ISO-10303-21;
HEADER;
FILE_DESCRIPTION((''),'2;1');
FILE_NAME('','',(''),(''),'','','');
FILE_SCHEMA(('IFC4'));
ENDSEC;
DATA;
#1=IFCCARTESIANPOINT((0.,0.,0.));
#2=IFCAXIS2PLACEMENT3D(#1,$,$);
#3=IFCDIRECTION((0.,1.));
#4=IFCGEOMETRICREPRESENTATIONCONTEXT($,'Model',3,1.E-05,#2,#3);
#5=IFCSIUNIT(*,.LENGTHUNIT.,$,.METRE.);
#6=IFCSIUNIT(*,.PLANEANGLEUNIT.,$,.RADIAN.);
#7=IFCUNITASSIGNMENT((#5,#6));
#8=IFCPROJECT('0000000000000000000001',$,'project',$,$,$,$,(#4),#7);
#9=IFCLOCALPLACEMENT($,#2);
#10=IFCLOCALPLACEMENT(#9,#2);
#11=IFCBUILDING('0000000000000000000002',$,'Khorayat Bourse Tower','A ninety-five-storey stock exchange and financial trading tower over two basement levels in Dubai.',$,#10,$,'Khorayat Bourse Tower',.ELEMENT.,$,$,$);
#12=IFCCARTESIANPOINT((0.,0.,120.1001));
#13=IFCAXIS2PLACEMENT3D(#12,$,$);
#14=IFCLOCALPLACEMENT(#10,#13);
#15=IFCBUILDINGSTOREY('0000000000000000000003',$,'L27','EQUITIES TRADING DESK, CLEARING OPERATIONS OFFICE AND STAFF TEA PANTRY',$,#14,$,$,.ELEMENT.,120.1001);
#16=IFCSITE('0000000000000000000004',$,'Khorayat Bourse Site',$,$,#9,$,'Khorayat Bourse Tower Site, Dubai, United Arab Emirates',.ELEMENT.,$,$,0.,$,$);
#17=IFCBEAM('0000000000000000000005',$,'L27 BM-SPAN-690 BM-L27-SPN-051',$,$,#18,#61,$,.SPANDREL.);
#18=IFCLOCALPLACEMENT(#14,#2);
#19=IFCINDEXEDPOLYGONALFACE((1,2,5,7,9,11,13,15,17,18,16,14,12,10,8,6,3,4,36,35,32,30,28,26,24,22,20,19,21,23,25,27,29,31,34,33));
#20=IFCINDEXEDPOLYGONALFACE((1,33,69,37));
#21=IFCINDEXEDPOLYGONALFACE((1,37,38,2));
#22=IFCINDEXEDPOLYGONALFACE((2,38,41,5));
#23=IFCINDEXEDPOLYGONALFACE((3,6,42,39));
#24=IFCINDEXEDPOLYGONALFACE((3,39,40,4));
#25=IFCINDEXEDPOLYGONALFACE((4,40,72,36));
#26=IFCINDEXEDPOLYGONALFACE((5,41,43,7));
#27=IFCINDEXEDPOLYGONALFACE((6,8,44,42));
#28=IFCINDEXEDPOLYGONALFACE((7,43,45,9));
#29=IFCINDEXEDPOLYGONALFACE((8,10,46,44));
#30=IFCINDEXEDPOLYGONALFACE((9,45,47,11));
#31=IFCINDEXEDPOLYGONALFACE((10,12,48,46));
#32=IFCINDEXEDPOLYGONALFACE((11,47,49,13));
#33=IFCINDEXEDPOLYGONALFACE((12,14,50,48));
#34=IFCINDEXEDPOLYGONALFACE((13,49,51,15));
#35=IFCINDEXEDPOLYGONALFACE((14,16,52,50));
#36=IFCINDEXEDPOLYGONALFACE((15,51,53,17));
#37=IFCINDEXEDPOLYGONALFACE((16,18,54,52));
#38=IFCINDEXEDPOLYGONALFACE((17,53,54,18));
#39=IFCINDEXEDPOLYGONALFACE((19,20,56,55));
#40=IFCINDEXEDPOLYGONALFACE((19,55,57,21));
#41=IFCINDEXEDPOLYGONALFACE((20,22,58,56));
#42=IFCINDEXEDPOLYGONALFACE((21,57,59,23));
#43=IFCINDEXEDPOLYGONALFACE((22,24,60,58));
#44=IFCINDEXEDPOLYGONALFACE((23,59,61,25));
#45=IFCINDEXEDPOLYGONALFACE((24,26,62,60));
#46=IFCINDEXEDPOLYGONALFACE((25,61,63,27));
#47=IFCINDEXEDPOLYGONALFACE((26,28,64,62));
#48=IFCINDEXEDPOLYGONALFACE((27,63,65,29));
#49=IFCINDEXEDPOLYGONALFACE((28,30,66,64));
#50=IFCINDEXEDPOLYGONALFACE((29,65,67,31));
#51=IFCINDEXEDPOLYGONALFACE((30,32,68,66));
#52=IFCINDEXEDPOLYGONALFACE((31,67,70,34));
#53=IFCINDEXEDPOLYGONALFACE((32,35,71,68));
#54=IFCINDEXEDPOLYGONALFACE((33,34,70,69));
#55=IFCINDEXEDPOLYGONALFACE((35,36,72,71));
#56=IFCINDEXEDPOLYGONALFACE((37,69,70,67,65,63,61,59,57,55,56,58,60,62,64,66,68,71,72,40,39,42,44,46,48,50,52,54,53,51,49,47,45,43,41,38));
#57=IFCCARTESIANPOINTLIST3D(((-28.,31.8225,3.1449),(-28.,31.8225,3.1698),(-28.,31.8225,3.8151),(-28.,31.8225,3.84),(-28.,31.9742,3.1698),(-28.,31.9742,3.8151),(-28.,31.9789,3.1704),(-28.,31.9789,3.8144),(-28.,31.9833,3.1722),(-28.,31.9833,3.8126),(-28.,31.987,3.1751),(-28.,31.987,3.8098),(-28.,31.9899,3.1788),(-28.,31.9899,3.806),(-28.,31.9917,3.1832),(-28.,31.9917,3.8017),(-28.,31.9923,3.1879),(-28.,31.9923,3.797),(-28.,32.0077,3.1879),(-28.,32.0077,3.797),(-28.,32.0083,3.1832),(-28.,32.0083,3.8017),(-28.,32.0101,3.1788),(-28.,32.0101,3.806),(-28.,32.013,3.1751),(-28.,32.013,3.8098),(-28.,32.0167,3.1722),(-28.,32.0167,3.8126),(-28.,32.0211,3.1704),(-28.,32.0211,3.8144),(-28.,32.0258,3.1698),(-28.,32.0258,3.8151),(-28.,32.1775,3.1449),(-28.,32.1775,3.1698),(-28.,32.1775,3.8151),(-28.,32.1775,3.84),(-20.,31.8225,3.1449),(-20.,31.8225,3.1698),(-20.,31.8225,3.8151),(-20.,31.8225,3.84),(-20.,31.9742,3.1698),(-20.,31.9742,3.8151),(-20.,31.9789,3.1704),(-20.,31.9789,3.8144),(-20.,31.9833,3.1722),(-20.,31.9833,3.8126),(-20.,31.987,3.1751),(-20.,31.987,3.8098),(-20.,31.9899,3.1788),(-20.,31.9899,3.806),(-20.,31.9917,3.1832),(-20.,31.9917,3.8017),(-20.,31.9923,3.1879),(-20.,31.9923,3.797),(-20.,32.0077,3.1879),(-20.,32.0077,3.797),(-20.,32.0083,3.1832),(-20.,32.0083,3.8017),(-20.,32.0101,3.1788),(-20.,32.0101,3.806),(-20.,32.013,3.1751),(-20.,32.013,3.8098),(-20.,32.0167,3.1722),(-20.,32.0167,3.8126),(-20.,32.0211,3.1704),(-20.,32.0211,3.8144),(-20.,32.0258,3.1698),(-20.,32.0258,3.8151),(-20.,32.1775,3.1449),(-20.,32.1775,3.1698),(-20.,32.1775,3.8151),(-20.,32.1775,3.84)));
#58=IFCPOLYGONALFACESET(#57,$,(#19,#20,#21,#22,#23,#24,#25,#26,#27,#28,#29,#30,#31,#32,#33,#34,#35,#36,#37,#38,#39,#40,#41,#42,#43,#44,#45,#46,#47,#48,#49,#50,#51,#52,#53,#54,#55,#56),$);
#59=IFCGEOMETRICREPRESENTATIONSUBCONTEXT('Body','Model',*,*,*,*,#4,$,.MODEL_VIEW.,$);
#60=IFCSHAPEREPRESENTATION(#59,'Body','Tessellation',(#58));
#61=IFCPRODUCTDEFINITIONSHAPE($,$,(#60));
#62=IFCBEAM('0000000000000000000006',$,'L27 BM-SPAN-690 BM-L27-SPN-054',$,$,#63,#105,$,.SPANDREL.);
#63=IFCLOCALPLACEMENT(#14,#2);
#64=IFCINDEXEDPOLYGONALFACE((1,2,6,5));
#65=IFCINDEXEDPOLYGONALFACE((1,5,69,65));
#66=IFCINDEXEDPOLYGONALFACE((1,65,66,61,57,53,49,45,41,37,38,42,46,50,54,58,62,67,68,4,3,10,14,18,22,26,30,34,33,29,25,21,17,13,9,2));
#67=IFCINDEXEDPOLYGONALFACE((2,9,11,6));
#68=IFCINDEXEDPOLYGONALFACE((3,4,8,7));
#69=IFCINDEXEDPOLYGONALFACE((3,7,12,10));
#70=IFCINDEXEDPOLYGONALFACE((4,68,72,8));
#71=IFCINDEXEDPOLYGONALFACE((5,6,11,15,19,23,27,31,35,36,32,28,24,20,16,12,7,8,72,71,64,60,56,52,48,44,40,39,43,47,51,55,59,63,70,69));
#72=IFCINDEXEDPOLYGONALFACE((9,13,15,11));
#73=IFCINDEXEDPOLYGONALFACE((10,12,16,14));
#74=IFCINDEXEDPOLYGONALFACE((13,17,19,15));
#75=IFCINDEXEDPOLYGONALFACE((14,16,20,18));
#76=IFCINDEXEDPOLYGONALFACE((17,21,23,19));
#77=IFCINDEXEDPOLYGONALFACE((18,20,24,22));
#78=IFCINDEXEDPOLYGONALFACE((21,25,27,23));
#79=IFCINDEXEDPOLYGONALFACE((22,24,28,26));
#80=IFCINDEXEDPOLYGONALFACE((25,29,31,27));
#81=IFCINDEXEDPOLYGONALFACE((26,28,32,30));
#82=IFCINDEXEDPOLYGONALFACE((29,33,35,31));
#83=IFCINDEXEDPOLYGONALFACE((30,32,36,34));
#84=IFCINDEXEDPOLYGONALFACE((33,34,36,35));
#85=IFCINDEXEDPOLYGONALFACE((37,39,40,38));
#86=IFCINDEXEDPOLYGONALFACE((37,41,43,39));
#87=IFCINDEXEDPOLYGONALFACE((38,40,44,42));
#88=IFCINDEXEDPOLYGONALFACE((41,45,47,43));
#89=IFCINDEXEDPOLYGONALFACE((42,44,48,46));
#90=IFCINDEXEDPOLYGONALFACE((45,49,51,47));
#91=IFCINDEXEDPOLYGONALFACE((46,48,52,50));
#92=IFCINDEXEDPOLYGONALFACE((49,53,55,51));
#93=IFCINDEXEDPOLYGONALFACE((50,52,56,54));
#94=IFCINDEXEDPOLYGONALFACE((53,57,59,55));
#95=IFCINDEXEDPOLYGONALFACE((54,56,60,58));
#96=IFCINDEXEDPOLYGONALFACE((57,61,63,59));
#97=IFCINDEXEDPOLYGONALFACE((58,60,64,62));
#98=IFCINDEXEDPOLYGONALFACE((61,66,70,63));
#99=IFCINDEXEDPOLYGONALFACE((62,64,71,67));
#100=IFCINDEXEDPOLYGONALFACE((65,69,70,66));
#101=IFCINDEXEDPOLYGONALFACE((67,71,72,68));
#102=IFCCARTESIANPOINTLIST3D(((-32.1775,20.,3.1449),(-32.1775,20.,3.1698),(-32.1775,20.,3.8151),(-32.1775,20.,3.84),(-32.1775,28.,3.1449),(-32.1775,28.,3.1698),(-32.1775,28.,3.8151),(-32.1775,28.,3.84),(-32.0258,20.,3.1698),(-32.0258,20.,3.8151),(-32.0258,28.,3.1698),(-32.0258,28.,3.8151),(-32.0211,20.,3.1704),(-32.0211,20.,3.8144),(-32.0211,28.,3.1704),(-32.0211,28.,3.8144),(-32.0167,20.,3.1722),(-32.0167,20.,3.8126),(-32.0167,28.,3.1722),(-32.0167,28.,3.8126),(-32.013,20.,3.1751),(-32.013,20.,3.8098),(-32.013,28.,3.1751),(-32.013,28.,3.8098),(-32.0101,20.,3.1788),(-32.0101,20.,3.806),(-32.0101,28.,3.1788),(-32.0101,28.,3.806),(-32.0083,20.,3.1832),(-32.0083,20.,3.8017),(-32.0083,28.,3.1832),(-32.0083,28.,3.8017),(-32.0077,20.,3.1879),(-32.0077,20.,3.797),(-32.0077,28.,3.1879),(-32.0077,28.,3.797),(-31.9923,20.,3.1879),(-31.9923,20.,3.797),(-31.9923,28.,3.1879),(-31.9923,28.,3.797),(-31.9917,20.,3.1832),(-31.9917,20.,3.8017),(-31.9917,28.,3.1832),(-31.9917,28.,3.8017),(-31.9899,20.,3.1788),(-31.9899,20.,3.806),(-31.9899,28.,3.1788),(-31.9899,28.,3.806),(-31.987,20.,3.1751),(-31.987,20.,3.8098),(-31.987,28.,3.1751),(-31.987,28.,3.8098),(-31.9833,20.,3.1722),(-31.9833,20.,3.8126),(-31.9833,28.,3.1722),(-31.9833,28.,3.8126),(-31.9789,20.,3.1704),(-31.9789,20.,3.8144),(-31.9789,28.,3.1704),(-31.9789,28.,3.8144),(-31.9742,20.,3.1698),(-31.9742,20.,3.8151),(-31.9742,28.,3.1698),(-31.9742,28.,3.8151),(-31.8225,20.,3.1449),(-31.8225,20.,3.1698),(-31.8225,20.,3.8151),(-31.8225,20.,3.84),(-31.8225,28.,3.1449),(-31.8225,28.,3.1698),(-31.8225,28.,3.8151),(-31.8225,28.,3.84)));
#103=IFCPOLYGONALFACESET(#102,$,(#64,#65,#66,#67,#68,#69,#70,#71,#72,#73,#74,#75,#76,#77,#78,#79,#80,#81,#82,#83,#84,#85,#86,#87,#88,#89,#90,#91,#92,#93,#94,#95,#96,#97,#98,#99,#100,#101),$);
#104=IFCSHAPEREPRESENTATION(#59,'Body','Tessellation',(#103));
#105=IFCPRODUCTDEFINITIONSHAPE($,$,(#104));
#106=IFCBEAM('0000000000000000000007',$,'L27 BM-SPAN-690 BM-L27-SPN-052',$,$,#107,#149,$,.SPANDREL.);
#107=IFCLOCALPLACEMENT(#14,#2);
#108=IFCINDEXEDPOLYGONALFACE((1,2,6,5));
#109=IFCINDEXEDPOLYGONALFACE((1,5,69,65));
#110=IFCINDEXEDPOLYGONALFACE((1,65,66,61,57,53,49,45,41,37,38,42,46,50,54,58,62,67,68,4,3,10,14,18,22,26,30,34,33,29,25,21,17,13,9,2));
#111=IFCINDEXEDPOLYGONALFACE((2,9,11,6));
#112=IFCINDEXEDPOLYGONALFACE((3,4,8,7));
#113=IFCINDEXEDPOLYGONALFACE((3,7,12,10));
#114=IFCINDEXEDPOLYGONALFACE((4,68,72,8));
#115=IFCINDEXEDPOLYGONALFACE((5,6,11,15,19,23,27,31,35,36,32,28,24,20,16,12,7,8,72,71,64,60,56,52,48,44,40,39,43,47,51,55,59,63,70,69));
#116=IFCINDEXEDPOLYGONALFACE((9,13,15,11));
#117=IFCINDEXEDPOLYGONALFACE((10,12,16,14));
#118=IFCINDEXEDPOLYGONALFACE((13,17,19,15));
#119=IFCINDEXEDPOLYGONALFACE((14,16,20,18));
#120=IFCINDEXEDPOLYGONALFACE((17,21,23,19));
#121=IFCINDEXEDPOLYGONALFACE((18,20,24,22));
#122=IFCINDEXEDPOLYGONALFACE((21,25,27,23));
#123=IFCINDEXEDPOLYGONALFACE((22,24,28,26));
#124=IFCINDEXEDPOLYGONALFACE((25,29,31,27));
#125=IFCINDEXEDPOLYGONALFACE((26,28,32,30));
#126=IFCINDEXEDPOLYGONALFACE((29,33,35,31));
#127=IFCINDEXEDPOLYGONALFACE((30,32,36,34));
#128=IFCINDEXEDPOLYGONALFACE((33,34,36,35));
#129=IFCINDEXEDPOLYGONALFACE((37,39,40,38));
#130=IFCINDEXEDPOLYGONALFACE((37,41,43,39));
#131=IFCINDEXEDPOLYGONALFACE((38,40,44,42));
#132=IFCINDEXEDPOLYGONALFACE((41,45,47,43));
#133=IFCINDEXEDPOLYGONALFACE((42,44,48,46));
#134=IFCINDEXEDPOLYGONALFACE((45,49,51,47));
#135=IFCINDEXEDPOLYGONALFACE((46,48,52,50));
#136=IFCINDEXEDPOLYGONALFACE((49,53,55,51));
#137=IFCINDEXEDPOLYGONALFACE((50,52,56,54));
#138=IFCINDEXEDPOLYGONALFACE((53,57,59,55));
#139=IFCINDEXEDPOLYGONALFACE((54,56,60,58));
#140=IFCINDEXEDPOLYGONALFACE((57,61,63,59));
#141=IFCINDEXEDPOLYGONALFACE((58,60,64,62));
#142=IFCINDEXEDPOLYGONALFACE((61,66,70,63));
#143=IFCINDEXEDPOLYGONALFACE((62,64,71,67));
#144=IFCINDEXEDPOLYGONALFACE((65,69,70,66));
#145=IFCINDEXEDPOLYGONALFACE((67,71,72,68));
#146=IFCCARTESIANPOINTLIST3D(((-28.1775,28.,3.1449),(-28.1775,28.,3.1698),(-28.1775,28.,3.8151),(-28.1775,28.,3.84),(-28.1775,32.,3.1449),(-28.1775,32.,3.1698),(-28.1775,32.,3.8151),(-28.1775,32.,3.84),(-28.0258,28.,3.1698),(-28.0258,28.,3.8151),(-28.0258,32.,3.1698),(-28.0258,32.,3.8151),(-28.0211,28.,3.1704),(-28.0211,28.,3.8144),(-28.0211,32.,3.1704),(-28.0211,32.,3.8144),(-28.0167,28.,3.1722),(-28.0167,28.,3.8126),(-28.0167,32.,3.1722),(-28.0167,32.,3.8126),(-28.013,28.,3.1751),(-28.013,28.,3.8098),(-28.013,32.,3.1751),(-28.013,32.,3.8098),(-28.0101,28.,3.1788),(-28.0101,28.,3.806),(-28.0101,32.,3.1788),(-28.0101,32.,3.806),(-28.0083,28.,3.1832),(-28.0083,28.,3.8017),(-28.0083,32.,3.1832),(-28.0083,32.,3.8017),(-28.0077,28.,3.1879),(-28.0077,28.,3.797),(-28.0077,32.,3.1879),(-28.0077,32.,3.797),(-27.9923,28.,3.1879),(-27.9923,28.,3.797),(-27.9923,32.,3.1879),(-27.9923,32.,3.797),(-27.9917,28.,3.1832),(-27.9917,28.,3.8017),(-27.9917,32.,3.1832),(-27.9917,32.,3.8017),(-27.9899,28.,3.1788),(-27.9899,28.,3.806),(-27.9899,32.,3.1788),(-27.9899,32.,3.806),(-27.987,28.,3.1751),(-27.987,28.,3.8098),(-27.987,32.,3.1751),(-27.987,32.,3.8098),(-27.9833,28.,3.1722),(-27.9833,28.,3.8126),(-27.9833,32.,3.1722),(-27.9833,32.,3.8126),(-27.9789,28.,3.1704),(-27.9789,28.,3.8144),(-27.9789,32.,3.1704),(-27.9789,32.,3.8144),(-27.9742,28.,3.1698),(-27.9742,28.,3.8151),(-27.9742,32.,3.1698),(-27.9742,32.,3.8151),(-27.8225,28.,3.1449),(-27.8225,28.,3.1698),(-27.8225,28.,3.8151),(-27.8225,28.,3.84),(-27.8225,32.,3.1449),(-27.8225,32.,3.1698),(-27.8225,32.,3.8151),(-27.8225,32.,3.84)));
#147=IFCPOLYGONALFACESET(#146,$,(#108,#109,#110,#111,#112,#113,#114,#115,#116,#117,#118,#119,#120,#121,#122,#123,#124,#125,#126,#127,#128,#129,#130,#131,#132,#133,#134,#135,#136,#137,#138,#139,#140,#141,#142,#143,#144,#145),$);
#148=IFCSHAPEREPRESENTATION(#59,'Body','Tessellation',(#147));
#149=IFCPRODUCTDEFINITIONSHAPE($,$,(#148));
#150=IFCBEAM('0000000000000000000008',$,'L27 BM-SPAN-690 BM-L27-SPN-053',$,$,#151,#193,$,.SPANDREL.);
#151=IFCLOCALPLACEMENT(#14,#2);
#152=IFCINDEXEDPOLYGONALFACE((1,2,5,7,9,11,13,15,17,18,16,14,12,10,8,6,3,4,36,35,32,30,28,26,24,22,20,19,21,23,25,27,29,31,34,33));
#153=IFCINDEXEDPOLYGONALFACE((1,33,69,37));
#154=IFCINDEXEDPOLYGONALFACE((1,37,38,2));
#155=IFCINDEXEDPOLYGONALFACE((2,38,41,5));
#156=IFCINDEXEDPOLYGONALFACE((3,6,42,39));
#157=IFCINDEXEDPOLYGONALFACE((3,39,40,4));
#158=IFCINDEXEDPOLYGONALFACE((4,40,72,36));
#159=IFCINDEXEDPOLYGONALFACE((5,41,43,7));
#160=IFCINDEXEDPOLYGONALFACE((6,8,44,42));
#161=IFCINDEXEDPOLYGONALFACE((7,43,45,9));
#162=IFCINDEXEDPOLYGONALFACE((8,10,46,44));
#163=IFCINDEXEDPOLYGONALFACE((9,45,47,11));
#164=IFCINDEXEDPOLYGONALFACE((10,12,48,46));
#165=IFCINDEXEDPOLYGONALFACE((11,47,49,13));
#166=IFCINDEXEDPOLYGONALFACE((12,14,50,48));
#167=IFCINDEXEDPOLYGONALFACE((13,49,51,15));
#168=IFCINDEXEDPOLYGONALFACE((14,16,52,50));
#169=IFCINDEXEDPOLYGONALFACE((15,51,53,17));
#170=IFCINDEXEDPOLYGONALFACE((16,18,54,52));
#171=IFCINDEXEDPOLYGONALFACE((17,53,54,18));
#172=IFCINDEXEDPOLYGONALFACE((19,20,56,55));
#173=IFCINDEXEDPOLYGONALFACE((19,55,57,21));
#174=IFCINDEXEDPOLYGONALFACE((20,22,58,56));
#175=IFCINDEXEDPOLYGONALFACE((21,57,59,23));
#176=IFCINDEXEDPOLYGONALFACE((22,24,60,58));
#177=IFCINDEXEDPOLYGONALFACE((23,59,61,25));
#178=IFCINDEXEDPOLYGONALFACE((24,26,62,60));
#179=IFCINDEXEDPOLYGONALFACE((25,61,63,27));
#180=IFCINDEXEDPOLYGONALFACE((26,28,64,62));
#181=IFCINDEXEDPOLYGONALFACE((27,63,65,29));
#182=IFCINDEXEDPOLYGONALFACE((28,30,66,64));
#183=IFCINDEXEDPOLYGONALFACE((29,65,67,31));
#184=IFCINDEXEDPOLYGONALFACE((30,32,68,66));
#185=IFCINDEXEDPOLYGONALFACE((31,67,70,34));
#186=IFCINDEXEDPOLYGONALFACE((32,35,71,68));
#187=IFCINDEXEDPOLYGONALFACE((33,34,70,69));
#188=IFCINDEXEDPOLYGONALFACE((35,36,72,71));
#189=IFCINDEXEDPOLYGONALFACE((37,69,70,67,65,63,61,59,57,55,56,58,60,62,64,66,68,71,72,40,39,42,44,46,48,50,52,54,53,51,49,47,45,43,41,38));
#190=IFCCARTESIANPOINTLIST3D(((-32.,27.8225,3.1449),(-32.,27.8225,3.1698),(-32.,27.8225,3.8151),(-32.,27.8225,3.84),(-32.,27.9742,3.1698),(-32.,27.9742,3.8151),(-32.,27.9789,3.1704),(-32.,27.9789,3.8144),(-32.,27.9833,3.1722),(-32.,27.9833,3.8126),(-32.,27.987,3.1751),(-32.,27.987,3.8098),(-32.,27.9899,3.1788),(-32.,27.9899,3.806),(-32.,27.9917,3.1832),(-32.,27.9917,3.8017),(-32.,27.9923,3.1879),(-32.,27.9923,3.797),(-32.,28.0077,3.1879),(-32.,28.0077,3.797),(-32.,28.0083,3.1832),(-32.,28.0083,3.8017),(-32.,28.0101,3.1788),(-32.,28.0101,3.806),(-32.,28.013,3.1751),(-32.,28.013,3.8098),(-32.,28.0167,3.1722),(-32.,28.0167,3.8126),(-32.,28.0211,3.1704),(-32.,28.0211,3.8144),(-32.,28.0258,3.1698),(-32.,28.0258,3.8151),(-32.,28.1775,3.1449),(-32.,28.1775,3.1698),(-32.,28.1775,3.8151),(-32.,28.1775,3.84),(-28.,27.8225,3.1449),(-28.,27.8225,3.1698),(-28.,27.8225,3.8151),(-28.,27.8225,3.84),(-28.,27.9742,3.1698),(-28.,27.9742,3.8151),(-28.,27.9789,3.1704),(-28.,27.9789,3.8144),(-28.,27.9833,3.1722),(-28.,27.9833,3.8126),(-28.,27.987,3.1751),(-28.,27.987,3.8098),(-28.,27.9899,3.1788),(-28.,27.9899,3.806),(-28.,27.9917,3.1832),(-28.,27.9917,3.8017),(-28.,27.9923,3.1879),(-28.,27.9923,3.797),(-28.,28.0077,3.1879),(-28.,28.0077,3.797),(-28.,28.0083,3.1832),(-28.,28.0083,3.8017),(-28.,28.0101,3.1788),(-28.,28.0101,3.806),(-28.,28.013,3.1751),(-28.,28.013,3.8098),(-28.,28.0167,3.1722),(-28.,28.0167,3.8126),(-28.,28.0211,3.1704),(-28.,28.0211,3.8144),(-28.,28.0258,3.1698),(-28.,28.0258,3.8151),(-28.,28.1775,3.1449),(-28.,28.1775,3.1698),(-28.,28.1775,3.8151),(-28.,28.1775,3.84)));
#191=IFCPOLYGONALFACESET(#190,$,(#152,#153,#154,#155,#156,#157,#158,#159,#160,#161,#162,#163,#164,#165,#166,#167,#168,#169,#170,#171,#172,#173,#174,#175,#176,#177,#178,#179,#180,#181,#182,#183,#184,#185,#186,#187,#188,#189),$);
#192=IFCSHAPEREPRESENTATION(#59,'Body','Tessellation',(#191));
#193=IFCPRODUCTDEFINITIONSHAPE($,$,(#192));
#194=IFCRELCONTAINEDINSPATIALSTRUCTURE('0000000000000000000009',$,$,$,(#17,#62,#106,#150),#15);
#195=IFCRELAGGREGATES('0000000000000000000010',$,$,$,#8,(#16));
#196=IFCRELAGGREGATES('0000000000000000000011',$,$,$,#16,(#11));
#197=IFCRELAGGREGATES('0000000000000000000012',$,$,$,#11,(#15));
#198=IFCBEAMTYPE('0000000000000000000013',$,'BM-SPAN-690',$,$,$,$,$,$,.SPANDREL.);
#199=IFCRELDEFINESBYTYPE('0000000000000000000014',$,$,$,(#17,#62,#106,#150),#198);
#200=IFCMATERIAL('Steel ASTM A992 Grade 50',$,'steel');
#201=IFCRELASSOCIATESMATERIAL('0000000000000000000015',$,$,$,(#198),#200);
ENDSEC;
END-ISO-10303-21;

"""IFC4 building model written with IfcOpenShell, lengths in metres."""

from ifc_helpers import new_model, si_unit, direction, frame, origin, origin_2d, place, context, subcontext, project, spatial, i_section, extrude, source, transform, mapped, material, material_profile, profile_set, type_object, element, save


model = new_model("IFC4")

# Units and contexts
model_context = context("Model", 3, precision=1e-05, world=origin(), true_north=direction((0.0, 1.0)))
body_context = subcontext(model_context, "Body", "Model", "MODEL_VIEW")
ifc_project = project(units=[si_unit("LENGTHUNIT", "METRE"), si_unit("PLANEANGLEUNIT", "RADIAN")], contexts=[model_context])

# Site, building, storey
site_placement = place(None, origin())
site = spatial("IfcSite", under=ifc_project, at=site_placement, Name="Khorayat Bourse Site", LongName="Khorayat Bourse Tower Site, Dubai, United Arab Emirates", CompositionType="ELEMENT", RefElevation=0.0)
building_placement = place(site_placement, origin())
building = spatial("IfcBuilding", under=site, at=building_placement, Name="Khorayat Bourse Tower", Description="A ninety-five-storey stock exchange and financial trading tower over two basement levels in Dubai.", LongName="Khorayat Bourse Tower", CompositionType="ELEMENT")
storey_placement = place(building_placement, frame((0.0, 0.0, 120.1001)))
storey = spatial("IfcBuildingStorey", under=building, at=storey_placement, Name="L27", Description="EQUITIES TRADING DESK, CLEARING OPERATIONS OFFICE AND STAFF TEA PANTRY", CompositionType="ELEMENT", Elevation=120.1001)

# Beams
ifc_material_1 = material(Name="Steel ASTM A992 Grade 50", Category="steel")
ifc_material_profile_1 = material_profile(ifc_material_1, i_section(OverallWidth=0.355, OverallDepth=0.6951, WebThickness=0.0154, FlangeThickness=0.0249, FilletRadius=0.0181, at=origin_2d()), Name="W690X217")
ifc_profile_set_1 = profile_set([ifc_material_profile_1], Name="Steel ASTM A992 Grade 50")
beam_type_1 = type_object("IfcBeamType", Name="BM-SPAN-690", PredefinedType="SPANDREL", material=ifc_profile_set_1)
shared_shape_1 = source(origin(), body_context, "Body", "SweptSolid", [
    extrude(i_section(OverallWidth=0.355, OverallDepth=0.6951, WebThickness=0.0154, FlangeThickness=0.0249, FilletRadius=0.0181, at=origin_2d()), origin(), (0.0, 0.0, 1.0), 8.0),
])
for number, where, z_axis, x_axis, name in (
    (1, (-28.0, 32.0, 3.4924), (1.0, 0.0, 0.0), (0.0, 1.0, 0.0), "L27 BM-SPAN-690 BM-L27-SPN-051"),
    (2, (-32.0, 20.0, 3.4924), (0.0, 1.0, 0.0), (-1.0, 0.0, 0.0), "L27 BM-SPAN-690 BM-L27-SPN-054"),
):
    element("IfcBeam", number, at=place(storey_placement, frame(where, z_axis=z_axis, x_axis=x_axis)), inside=storey, type_object=beam_type_1, Name=name, PredefinedType="SPANDREL", context=body_context, shape_type="MappedRepresentation", body=[
        mapped(shared_shape_1, transform((0.0, 0.0, 0.0), scale=1.0)),
    ])
shared_shape_2 = source(origin(), body_context, "Body", "SweptSolid", [
    extrude(i_section(OverallWidth=0.355, OverallDepth=0.6951, WebThickness=0.0154, FlangeThickness=0.0249, FilletRadius=0.0181, at=origin_2d()), origin(), (0.0, 0.0, 1.0), 4.0),
])
for number, where, z_axis, x_axis, name in (
    (3, (-28.0, 28.0, 3.4924), (0.0, 1.0, 0.0), (-1.0, 0.0, 0.0), "L27 BM-SPAN-690 BM-L27-SPN-052"),
    (4, (-32.0, 28.0, 3.4924), (1.0, 0.0, 0.0), (0.0, 1.0, 0.0), "L27 BM-SPAN-690 BM-L27-SPN-053"),
):
    element("IfcBeam", number, at=place(storey_placement, frame(where, z_axis=z_axis, x_axis=x_axis)), inside=storey, type_object=beam_type_1, Name=name, PredefinedType="SPANDREL", context=body_context, shape_type="MappedRepresentation", body=[
        mapped(shared_shape_2, transform((0.0, 0.0, 0.0), scale=1.0)),
    ])

save(model, "model.ifc")
